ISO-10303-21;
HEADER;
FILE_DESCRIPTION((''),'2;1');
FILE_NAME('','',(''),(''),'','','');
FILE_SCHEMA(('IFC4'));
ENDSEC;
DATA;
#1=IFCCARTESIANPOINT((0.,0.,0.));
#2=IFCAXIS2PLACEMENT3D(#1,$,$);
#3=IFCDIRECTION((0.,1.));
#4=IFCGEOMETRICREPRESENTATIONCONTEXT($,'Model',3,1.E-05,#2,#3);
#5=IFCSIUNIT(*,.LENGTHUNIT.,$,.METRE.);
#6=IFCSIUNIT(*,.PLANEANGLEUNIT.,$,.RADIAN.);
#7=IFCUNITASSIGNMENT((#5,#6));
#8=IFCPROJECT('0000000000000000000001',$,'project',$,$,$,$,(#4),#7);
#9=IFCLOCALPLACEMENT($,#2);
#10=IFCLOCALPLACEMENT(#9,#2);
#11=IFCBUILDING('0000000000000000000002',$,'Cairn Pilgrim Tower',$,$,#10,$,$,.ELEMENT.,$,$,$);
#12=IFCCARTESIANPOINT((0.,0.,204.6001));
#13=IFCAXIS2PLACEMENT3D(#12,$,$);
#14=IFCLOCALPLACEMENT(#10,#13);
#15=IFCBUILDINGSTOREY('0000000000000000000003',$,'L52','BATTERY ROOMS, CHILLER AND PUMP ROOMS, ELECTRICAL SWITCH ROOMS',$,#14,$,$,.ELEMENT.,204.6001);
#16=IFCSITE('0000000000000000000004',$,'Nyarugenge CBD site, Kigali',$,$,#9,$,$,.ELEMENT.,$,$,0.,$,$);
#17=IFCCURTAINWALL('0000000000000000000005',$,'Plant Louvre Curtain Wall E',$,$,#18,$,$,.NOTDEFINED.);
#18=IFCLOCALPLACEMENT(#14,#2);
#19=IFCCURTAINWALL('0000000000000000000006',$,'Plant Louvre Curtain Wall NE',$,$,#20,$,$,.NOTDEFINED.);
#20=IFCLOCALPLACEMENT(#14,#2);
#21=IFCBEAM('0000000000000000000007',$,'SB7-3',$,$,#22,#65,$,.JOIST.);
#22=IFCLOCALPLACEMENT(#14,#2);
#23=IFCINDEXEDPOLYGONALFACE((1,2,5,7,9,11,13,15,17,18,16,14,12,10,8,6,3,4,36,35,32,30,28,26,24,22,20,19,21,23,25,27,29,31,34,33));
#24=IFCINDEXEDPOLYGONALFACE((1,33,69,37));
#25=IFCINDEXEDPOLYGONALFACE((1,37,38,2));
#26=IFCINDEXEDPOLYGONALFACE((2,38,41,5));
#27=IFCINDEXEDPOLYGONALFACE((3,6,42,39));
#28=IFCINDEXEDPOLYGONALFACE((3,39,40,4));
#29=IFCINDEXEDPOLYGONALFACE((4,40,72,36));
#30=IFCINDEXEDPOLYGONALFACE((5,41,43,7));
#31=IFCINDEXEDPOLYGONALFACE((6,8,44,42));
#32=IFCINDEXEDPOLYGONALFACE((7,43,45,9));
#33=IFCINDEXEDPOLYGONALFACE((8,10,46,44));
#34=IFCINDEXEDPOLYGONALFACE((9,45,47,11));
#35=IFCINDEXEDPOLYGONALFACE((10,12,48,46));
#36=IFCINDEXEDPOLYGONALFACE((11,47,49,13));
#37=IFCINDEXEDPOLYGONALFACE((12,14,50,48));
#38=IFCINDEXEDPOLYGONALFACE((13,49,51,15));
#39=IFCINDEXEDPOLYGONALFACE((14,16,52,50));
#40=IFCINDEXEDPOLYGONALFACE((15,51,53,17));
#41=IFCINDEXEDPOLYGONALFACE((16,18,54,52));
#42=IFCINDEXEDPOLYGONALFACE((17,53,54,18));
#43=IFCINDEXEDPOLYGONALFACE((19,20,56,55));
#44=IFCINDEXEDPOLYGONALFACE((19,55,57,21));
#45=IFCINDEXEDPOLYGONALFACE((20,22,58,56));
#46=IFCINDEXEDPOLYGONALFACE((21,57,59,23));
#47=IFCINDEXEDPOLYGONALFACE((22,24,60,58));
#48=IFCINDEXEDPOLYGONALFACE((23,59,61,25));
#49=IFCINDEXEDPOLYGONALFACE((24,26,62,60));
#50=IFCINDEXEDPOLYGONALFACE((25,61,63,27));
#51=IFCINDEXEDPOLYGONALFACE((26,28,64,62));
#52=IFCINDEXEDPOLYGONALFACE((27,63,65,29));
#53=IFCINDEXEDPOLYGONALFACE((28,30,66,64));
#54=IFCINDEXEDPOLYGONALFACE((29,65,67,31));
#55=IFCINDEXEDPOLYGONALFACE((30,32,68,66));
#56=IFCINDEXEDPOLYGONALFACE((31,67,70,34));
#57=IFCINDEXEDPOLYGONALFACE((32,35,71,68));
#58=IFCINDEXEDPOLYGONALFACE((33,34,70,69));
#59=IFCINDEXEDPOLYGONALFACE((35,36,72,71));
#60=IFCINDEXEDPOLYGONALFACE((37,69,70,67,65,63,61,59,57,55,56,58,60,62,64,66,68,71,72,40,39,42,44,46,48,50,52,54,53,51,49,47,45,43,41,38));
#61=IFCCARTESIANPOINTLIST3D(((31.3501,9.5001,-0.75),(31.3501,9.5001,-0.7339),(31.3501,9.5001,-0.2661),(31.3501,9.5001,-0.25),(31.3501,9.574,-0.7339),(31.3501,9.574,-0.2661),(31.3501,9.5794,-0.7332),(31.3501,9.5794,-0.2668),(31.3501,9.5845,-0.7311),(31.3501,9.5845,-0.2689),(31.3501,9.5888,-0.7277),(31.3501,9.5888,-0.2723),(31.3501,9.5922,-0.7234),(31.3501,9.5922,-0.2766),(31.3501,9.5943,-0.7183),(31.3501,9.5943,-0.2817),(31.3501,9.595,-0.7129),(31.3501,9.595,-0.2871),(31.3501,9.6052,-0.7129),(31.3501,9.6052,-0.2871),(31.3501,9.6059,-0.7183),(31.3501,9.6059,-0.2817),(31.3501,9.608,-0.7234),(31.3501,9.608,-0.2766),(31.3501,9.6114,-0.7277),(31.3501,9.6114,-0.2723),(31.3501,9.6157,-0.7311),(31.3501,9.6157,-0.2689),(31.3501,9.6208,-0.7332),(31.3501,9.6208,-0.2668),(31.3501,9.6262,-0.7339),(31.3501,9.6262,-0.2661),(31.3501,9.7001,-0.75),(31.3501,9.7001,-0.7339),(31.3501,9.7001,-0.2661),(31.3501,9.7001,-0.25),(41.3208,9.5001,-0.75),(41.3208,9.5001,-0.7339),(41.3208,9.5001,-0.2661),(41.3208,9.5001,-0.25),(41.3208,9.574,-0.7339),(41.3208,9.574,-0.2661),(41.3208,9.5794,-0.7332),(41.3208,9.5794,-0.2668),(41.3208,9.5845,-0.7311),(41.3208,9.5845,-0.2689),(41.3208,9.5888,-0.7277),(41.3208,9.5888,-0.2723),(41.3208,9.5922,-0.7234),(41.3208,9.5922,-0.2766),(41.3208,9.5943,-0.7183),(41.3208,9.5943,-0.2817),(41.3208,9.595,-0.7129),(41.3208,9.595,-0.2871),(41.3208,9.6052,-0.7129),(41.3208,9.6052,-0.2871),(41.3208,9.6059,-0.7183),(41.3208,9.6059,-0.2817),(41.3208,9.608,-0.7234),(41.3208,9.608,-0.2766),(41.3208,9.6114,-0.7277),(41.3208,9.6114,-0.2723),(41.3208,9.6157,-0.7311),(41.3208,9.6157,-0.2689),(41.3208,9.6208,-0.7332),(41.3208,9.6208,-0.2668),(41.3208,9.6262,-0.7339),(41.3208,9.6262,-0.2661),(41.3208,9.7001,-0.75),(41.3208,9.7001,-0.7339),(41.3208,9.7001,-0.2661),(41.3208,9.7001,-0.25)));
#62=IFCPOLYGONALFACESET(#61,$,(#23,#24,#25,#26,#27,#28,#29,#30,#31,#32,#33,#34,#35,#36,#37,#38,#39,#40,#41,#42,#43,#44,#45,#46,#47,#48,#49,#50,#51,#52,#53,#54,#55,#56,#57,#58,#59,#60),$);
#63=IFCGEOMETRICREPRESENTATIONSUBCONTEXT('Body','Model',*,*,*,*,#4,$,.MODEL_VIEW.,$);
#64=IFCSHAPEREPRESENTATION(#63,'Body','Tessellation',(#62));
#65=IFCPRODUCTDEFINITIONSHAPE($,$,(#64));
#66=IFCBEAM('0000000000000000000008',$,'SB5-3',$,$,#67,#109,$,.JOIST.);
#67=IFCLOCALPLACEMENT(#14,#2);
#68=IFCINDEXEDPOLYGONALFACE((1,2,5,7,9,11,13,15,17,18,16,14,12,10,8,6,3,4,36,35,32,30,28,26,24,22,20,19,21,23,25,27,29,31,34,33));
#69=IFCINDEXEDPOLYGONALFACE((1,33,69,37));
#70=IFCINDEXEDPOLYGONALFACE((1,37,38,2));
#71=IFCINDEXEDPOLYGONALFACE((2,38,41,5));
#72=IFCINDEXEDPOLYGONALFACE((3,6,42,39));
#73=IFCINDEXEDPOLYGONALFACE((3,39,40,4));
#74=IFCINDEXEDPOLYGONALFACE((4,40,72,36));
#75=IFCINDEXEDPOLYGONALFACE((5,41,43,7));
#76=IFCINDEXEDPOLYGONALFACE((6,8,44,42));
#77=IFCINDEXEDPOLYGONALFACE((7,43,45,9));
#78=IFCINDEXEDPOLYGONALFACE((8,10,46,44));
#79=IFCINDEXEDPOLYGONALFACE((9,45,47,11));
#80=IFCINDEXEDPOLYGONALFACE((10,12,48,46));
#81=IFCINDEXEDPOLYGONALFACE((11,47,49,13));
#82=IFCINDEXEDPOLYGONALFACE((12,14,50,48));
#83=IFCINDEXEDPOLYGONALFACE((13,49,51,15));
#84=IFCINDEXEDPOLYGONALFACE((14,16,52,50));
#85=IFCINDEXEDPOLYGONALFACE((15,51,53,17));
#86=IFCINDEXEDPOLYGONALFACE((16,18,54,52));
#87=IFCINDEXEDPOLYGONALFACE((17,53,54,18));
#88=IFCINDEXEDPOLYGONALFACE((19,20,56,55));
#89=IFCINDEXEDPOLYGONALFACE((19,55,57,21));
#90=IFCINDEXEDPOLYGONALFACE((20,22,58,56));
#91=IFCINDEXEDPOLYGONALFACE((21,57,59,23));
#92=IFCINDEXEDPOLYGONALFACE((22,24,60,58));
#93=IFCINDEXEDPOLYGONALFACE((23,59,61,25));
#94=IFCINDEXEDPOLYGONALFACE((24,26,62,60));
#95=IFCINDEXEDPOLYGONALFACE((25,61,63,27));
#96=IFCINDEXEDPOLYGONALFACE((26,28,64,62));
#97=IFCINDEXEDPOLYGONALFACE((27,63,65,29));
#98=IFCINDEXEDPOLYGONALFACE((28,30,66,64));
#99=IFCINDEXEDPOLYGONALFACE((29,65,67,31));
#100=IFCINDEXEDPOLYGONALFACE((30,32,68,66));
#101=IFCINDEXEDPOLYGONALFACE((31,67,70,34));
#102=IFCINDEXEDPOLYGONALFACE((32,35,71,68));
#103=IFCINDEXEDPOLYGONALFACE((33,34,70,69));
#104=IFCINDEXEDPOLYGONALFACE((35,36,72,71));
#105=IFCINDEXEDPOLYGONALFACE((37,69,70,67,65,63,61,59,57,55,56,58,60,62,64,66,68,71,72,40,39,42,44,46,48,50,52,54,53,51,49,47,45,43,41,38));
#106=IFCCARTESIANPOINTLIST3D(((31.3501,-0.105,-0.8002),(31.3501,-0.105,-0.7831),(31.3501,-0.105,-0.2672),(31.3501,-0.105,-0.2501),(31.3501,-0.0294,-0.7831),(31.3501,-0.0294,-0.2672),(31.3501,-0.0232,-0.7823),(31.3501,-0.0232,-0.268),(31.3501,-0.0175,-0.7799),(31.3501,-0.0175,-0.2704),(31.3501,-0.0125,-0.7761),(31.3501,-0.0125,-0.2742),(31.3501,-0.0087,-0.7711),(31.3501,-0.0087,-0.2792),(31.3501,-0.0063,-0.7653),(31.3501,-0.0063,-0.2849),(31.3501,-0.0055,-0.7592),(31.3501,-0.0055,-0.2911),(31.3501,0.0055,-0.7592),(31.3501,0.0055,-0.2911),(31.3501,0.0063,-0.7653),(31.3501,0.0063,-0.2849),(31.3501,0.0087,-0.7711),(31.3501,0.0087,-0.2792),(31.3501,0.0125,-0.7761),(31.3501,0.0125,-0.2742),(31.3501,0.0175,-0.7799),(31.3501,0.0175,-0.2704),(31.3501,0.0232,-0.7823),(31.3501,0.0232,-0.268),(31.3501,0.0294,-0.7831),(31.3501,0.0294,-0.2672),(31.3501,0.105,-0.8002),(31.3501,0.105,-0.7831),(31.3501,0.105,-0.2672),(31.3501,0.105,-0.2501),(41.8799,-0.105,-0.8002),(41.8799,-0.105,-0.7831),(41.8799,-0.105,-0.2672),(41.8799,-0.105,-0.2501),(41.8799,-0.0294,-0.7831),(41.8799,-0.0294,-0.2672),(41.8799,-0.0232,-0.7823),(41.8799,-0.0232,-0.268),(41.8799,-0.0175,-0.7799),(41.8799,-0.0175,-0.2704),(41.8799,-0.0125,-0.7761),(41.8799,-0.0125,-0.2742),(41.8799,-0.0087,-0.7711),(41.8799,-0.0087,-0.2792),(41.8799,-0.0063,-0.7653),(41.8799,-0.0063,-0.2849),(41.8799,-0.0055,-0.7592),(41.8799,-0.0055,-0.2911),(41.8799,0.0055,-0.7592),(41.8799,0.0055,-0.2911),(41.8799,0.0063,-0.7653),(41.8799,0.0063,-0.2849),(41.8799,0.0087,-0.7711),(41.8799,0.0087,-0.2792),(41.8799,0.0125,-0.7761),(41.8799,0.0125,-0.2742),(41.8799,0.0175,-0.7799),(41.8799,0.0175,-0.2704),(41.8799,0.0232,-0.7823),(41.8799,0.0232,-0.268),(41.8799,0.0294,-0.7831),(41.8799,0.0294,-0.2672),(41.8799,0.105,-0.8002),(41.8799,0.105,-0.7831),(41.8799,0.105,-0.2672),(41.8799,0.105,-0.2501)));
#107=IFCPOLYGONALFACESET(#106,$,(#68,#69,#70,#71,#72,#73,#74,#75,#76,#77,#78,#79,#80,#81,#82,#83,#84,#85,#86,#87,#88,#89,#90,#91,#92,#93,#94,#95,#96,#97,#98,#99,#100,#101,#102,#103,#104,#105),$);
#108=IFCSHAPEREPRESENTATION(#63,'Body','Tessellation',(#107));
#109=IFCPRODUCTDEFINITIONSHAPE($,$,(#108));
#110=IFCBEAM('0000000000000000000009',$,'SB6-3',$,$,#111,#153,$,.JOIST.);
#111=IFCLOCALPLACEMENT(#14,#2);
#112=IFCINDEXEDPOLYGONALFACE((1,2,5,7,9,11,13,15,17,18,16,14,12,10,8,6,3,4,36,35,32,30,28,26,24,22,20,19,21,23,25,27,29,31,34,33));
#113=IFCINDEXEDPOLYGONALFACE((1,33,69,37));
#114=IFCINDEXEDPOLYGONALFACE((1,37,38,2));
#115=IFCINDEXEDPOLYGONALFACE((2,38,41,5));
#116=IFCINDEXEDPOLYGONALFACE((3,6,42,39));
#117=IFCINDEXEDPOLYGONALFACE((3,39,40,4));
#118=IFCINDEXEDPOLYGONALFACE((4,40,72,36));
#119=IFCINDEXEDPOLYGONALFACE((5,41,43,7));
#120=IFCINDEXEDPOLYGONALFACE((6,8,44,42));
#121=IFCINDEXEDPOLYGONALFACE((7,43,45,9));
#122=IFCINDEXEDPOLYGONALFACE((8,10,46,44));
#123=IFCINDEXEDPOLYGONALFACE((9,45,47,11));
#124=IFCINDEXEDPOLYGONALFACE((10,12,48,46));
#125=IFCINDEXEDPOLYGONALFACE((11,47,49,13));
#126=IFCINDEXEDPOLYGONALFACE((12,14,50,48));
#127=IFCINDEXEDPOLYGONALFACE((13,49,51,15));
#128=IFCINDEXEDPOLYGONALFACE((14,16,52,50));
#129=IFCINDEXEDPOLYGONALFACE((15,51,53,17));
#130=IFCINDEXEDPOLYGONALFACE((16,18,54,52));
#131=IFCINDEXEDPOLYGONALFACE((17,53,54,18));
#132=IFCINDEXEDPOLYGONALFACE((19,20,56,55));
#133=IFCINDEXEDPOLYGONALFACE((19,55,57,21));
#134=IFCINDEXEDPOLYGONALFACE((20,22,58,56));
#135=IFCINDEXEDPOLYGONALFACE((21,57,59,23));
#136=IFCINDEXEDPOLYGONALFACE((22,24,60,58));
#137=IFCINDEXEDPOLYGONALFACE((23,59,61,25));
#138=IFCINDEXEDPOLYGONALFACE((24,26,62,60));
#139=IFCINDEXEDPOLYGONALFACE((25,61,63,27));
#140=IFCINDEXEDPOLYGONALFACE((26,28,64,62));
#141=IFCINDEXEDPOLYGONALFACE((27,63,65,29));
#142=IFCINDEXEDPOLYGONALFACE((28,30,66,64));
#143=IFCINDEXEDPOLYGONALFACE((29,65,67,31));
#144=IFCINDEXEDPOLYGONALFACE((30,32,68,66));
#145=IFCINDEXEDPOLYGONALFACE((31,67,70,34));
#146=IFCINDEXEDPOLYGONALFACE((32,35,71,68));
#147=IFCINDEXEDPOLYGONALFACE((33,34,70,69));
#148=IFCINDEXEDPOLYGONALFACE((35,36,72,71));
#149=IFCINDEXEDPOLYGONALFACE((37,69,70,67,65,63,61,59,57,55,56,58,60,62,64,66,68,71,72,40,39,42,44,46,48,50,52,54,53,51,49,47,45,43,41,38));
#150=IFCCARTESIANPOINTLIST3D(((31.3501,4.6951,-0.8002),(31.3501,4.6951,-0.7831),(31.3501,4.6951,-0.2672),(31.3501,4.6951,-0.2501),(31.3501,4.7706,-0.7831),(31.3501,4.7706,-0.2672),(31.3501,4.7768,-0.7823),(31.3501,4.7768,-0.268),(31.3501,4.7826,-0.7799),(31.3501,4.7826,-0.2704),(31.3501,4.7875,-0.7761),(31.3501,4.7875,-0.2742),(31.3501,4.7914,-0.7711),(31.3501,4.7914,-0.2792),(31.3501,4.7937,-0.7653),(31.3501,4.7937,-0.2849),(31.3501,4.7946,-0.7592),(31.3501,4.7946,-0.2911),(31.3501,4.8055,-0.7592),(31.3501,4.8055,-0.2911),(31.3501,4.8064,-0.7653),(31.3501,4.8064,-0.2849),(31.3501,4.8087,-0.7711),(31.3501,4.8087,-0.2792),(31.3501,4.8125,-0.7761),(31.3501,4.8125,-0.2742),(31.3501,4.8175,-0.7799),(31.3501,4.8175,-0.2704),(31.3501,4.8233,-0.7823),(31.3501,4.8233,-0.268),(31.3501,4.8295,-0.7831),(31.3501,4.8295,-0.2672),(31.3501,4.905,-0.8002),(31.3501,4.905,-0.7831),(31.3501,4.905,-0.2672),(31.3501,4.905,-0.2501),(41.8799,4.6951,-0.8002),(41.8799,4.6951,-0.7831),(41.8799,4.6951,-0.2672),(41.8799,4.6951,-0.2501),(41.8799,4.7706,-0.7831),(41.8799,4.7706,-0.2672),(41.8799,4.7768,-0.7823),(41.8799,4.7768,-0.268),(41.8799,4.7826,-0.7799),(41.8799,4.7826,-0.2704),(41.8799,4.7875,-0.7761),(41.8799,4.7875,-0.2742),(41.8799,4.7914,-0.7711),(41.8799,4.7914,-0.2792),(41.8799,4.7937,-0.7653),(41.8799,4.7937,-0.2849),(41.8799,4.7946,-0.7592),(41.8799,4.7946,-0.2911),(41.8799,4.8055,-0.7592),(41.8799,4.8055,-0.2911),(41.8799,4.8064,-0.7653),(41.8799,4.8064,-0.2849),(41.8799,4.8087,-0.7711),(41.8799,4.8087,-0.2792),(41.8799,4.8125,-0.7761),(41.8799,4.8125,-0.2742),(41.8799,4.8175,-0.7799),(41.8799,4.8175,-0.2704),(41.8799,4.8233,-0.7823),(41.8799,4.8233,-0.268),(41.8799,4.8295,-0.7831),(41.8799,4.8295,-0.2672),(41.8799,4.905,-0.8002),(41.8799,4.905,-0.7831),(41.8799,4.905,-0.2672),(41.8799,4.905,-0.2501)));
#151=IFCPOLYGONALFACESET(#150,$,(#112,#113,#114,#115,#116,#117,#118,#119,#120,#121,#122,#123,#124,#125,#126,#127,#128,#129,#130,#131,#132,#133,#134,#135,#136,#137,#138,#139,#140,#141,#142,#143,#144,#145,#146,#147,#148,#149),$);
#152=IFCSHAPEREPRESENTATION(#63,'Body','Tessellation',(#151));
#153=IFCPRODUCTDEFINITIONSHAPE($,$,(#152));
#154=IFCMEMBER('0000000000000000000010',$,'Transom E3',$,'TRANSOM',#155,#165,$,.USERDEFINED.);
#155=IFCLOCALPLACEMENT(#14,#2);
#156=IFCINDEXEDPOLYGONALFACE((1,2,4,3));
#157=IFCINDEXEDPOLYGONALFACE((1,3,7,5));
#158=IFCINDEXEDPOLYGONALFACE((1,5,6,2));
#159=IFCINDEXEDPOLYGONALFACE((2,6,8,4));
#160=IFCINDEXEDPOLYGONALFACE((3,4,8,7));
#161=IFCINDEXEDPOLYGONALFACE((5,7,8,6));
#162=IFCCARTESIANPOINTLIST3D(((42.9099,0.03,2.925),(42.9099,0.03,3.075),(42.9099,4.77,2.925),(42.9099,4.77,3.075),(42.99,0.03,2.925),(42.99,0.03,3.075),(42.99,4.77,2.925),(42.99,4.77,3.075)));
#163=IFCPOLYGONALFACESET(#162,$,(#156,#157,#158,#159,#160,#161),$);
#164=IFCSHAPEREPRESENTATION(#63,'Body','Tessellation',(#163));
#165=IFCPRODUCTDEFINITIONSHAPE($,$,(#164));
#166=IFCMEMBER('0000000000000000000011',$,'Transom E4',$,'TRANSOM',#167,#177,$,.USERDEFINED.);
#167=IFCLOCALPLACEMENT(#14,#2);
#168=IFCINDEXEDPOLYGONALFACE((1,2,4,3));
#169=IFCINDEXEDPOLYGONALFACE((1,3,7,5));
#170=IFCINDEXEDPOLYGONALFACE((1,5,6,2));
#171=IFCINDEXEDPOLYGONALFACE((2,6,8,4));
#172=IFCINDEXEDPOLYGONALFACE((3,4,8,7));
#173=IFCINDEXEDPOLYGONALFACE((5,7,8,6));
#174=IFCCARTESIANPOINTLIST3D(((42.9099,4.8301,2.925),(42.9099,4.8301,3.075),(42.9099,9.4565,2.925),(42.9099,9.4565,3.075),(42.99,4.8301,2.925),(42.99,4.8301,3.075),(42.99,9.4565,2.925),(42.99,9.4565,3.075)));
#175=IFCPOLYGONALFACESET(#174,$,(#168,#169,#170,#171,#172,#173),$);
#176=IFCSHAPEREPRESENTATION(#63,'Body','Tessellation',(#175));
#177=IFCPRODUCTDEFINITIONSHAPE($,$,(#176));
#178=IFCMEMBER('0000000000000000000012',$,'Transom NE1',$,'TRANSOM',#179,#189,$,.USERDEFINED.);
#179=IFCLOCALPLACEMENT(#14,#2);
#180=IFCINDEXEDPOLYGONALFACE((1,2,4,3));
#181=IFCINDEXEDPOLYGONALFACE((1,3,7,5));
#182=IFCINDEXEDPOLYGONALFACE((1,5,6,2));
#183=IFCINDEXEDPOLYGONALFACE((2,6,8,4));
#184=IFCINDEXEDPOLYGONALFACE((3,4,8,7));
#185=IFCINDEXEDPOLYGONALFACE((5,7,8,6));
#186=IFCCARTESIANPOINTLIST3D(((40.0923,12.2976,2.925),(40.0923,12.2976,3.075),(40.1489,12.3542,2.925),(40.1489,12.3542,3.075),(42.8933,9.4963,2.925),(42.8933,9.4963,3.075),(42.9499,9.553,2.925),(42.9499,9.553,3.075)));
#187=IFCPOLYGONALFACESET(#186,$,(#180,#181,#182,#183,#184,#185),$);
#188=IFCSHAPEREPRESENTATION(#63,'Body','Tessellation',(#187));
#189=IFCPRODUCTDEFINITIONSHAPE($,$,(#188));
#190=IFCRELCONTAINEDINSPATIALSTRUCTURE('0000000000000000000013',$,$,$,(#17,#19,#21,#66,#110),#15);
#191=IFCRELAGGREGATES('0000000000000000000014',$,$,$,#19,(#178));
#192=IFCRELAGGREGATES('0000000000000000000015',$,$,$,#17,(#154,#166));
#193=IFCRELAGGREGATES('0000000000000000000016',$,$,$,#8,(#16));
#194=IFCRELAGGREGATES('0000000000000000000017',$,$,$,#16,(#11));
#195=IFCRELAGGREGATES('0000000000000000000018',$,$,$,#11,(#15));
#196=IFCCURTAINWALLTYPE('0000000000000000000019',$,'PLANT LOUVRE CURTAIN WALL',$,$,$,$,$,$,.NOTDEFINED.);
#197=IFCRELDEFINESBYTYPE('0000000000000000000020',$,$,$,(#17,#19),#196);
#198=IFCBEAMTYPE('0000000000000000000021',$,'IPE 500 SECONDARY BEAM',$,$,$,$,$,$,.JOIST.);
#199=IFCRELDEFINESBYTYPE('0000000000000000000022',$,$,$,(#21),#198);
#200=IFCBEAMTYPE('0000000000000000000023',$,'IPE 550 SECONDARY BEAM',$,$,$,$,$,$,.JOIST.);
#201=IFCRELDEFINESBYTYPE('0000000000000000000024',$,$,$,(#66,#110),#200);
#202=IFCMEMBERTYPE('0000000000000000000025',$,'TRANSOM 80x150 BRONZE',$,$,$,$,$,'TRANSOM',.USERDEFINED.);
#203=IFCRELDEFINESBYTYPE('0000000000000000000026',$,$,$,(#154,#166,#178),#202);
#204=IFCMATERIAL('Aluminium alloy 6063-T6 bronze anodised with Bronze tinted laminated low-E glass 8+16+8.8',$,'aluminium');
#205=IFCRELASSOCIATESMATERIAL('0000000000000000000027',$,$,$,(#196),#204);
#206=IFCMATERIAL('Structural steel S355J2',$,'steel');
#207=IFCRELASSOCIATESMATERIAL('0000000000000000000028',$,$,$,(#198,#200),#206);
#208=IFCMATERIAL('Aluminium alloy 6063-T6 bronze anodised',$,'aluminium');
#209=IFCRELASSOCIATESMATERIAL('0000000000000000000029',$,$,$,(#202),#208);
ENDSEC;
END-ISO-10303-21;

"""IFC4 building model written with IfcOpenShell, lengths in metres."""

from ifc_helpers import new_model, si_unit, direction, frame, origin, origin_2d, place, context, subcontext, project, spatial, rectangle, i_section, extrude, material, material_profile, profile_set, type_object, element, aggregate, save


model = new_model("IFC4")

# Units and contexts
model_context = context("Model", 3, precision=1e-05, world=origin(), true_north=direction((0.0, 1.0)))
body_context = subcontext(model_context, "Body", "Model", "MODEL_VIEW")
ifc_project = project(units=[si_unit("LENGTHUNIT", "METRE"), si_unit("PLANEANGLEUNIT", "RADIAN")], contexts=[model_context])

# Site, building, storey
site_placement = place(None, origin())
site = spatial("IfcSite", under=ifc_project, at=site_placement, Name="Nyarugenge CBD site, Kigali", CompositionType="ELEMENT", RefElevation=0.0)
building_placement = place(site_placement, origin())
building = spatial("IfcBuilding", under=site, at=building_placement, Name="Cairn Pilgrim Tower", CompositionType="ELEMENT")
storey_placement = place(building_placement, frame((0.0, 0.0, 204.6001)))
storey = spatial("IfcBuildingStorey", under=building, at=storey_placement, Name="L52", Description="BATTERY ROOMS, CHILLER AND PUMP ROOMS, ELECTRICAL SWITCH ROOMS", CompositionType="ELEMENT", Elevation=204.6001)

# Shared definitions
ifc_material_1 = material(Name="Structural steel S355J2", Category="steel")

# Curtain wall
ifc_material_2 = material(Name="Aluminium alloy 6063-T6 bronze anodised with Bronze tinted laminated low-E glass 8+16+8.8", Category="aluminium")
curtain_wall_type = type_object("IfcCurtainWallType", Name="PLANT LOUVRE CURTAIN WALL", PredefinedType="NOTDEFINED", material=ifc_material_2)
curtain_wall_1_placement = place(storey_placement, origin())
curtain_wall_1 = element("IfcCurtainWall", 1, at=curtain_wall_1_placement, inside=storey, type_object=curtain_wall_type, Name="Plant Louvre Curtain Wall E", PredefinedType="NOTDEFINED")
ifc_material_3 = material(Name="Aluminium alloy 6063-T6 bronze anodised", Category="aluminium")

# Curtain wall
curtain_wall_2_placement = place(storey_placement, origin())
curtain_wall_2 = element("IfcCurtainWall", 2, at=curtain_wall_2_placement, inside=storey, type_object=curtain_wall_type, Name="Plant Louvre Curtain Wall NE", PredefinedType="NOTDEFINED")

# Beams
ifc_material_profile_1 = material_profile(ifc_material_1, i_section(OverallWidth=0.2, OverallDepth=0.5, WebThickness=0.0103, FlangeThickness=0.0161, FilletRadius=0.021, at=origin_2d()), Name="IPE 500")
ifc_profile_set_1 = profile_set([ifc_material_profile_1], Name="Structural steel S355J2")
beam_type_1 = type_object("IfcBeamType", Name="IPE 500 SECONDARY BEAM", PredefinedType="JOIST", material=ifc_profile_set_1)
beam_1_placement = place(storey_placement, frame((31.3501, 9.6001, -0.5), z_axis=(1.0, 0.0, 0.0), x_axis=(0.0, 1.0, 0.0)))
element("IfcBeam", 3, at=beam_1_placement, inside=storey, type_object=beam_type_1, Name="SB7-3", PredefinedType="JOIST", context=body_context, shape_type="SweptSolid", body=[
    extrude(i_section(OverallWidth=0.2, OverallDepth=0.5, WebThickness=0.0103, FlangeThickness=0.0161, FilletRadius=0.021, at=origin_2d()), origin(), (0.0, 0.0, 1.0), 9.9707),
])
ifc_material_profile_2 = material_profile(ifc_material_1, i_section(OverallWidth=0.21, OverallDepth=0.55, WebThickness=0.011, FlangeThickness=0.0171, FilletRadius=0.0239, at=origin_2d()), Name="IPE 550")
ifc_profile_set_2 = profile_set([ifc_material_profile_2], Name="Structural steel S355J2")
beam_type_2 = type_object("IfcBeamType", Name="IPE 550 SECONDARY BEAM", PredefinedType="JOIST", material=ifc_profile_set_2)
for number, where, z_axis, x_axis, name in (
    (4, (31.3501, 0.0, -0.5251), (1.0, 0.0, 0.0), (0.0, 1.0, 0.0), "SB5-3"),
    (5, (31.3501, 4.8, -0.5251), (1.0, 0.0, 0.0), (0.0, 1.0, 0.0), "SB6-3"),
):
    element("IfcBeam", number, at=place(storey_placement, frame(where, z_axis=z_axis, x_axis=x_axis)), inside=storey, type_object=beam_type_2, Name=name, PredefinedType="JOIST", context=body_context, shape_type="SweptSolid", body=[
        extrude(i_section(OverallWidth=0.21, OverallDepth=0.55, WebThickness=0.011, FlangeThickness=0.0171, FilletRadius=0.0239, at=origin_2d()), origin(), (0.0, 0.0, 1.0), 10.5298),
    ])

# Members
ifc_material_profile_3 = material_profile(ifc_material_3, rectangle(XDim=0.0801, YDim=0.1499, at=origin_2d()), Name="TRANSOM 80x150 BRONZE")
ifc_profile_set_3 = profile_set([ifc_material_profile_3], Name="Aluminium alloy 6063-T6 bronze anodised")
member_type_1 = type_object("IfcMemberType", Name="TRANSOM 80x150 BRONZE", ElementType="TRANSOM", PredefinedType="USERDEFINED", material=ifc_profile_set_3)
member_1_placement = place(storey_placement, frame((42.95, 0.03, 3.0), z_axis=(0.0, 1.0, 0.0), x_axis=(-1.0, 0.0, 0.0)))
member_1 = element("IfcMember", 6, at=member_1_placement, type_object=member_type_1, Name="Transom E3", ObjectType="TRANSOM", PredefinedType="USERDEFINED", context=body_context, shape_type="SweptSolid", body=[
    extrude(rectangle(XDim=0.0801, YDim=0.1499, at=origin_2d()), origin(), (0.0, 0.0, 1.0), 4.74),
])
member_2_placement = place(storey_placement, frame((42.95, 4.8301, 3.0), z_axis=(0.0, 1.0, 0.0), x_axis=(-1.0, 0.0, 0.0)))
member_2 = element("IfcMember", 7, at=member_2_placement, type_object=member_type_1, Name="Transom E4", ObjectType="TRANSOM", PredefinedType="USERDEFINED", context=body_context, shape_type="SweptSolid", body=[
    extrude(rectangle(XDim=0.0801, YDim=0.1499, at=origin_2d()), origin(), (0.0, 0.0, 1.0), 4.6265),
])
member_3_placement = place(storey_placement, frame((42.9216, 9.5247, 3.0), z_axis=(-0.707076, 0.707138, 0.0), x_axis=(-0.707138, -0.707076, 0.0)))
member_3 = element("IfcMember", 8, at=member_3_placement, type_object=member_type_1, Name="Transom NE1", ObjectType="TRANSOM", PredefinedType="USERDEFINED", context=body_context, shape_type="SweptSolid", body=[
    extrude(rectangle(XDim=0.0801, YDim=0.1499, at=origin_2d()), origin(), (0.0, 0.0, 1.0), 3.9614),
])

aggregate(curtain_wall_2, [member_3])
aggregate(curtain_wall_1, [member_1, member_2])

save(model, "model.ifc")
